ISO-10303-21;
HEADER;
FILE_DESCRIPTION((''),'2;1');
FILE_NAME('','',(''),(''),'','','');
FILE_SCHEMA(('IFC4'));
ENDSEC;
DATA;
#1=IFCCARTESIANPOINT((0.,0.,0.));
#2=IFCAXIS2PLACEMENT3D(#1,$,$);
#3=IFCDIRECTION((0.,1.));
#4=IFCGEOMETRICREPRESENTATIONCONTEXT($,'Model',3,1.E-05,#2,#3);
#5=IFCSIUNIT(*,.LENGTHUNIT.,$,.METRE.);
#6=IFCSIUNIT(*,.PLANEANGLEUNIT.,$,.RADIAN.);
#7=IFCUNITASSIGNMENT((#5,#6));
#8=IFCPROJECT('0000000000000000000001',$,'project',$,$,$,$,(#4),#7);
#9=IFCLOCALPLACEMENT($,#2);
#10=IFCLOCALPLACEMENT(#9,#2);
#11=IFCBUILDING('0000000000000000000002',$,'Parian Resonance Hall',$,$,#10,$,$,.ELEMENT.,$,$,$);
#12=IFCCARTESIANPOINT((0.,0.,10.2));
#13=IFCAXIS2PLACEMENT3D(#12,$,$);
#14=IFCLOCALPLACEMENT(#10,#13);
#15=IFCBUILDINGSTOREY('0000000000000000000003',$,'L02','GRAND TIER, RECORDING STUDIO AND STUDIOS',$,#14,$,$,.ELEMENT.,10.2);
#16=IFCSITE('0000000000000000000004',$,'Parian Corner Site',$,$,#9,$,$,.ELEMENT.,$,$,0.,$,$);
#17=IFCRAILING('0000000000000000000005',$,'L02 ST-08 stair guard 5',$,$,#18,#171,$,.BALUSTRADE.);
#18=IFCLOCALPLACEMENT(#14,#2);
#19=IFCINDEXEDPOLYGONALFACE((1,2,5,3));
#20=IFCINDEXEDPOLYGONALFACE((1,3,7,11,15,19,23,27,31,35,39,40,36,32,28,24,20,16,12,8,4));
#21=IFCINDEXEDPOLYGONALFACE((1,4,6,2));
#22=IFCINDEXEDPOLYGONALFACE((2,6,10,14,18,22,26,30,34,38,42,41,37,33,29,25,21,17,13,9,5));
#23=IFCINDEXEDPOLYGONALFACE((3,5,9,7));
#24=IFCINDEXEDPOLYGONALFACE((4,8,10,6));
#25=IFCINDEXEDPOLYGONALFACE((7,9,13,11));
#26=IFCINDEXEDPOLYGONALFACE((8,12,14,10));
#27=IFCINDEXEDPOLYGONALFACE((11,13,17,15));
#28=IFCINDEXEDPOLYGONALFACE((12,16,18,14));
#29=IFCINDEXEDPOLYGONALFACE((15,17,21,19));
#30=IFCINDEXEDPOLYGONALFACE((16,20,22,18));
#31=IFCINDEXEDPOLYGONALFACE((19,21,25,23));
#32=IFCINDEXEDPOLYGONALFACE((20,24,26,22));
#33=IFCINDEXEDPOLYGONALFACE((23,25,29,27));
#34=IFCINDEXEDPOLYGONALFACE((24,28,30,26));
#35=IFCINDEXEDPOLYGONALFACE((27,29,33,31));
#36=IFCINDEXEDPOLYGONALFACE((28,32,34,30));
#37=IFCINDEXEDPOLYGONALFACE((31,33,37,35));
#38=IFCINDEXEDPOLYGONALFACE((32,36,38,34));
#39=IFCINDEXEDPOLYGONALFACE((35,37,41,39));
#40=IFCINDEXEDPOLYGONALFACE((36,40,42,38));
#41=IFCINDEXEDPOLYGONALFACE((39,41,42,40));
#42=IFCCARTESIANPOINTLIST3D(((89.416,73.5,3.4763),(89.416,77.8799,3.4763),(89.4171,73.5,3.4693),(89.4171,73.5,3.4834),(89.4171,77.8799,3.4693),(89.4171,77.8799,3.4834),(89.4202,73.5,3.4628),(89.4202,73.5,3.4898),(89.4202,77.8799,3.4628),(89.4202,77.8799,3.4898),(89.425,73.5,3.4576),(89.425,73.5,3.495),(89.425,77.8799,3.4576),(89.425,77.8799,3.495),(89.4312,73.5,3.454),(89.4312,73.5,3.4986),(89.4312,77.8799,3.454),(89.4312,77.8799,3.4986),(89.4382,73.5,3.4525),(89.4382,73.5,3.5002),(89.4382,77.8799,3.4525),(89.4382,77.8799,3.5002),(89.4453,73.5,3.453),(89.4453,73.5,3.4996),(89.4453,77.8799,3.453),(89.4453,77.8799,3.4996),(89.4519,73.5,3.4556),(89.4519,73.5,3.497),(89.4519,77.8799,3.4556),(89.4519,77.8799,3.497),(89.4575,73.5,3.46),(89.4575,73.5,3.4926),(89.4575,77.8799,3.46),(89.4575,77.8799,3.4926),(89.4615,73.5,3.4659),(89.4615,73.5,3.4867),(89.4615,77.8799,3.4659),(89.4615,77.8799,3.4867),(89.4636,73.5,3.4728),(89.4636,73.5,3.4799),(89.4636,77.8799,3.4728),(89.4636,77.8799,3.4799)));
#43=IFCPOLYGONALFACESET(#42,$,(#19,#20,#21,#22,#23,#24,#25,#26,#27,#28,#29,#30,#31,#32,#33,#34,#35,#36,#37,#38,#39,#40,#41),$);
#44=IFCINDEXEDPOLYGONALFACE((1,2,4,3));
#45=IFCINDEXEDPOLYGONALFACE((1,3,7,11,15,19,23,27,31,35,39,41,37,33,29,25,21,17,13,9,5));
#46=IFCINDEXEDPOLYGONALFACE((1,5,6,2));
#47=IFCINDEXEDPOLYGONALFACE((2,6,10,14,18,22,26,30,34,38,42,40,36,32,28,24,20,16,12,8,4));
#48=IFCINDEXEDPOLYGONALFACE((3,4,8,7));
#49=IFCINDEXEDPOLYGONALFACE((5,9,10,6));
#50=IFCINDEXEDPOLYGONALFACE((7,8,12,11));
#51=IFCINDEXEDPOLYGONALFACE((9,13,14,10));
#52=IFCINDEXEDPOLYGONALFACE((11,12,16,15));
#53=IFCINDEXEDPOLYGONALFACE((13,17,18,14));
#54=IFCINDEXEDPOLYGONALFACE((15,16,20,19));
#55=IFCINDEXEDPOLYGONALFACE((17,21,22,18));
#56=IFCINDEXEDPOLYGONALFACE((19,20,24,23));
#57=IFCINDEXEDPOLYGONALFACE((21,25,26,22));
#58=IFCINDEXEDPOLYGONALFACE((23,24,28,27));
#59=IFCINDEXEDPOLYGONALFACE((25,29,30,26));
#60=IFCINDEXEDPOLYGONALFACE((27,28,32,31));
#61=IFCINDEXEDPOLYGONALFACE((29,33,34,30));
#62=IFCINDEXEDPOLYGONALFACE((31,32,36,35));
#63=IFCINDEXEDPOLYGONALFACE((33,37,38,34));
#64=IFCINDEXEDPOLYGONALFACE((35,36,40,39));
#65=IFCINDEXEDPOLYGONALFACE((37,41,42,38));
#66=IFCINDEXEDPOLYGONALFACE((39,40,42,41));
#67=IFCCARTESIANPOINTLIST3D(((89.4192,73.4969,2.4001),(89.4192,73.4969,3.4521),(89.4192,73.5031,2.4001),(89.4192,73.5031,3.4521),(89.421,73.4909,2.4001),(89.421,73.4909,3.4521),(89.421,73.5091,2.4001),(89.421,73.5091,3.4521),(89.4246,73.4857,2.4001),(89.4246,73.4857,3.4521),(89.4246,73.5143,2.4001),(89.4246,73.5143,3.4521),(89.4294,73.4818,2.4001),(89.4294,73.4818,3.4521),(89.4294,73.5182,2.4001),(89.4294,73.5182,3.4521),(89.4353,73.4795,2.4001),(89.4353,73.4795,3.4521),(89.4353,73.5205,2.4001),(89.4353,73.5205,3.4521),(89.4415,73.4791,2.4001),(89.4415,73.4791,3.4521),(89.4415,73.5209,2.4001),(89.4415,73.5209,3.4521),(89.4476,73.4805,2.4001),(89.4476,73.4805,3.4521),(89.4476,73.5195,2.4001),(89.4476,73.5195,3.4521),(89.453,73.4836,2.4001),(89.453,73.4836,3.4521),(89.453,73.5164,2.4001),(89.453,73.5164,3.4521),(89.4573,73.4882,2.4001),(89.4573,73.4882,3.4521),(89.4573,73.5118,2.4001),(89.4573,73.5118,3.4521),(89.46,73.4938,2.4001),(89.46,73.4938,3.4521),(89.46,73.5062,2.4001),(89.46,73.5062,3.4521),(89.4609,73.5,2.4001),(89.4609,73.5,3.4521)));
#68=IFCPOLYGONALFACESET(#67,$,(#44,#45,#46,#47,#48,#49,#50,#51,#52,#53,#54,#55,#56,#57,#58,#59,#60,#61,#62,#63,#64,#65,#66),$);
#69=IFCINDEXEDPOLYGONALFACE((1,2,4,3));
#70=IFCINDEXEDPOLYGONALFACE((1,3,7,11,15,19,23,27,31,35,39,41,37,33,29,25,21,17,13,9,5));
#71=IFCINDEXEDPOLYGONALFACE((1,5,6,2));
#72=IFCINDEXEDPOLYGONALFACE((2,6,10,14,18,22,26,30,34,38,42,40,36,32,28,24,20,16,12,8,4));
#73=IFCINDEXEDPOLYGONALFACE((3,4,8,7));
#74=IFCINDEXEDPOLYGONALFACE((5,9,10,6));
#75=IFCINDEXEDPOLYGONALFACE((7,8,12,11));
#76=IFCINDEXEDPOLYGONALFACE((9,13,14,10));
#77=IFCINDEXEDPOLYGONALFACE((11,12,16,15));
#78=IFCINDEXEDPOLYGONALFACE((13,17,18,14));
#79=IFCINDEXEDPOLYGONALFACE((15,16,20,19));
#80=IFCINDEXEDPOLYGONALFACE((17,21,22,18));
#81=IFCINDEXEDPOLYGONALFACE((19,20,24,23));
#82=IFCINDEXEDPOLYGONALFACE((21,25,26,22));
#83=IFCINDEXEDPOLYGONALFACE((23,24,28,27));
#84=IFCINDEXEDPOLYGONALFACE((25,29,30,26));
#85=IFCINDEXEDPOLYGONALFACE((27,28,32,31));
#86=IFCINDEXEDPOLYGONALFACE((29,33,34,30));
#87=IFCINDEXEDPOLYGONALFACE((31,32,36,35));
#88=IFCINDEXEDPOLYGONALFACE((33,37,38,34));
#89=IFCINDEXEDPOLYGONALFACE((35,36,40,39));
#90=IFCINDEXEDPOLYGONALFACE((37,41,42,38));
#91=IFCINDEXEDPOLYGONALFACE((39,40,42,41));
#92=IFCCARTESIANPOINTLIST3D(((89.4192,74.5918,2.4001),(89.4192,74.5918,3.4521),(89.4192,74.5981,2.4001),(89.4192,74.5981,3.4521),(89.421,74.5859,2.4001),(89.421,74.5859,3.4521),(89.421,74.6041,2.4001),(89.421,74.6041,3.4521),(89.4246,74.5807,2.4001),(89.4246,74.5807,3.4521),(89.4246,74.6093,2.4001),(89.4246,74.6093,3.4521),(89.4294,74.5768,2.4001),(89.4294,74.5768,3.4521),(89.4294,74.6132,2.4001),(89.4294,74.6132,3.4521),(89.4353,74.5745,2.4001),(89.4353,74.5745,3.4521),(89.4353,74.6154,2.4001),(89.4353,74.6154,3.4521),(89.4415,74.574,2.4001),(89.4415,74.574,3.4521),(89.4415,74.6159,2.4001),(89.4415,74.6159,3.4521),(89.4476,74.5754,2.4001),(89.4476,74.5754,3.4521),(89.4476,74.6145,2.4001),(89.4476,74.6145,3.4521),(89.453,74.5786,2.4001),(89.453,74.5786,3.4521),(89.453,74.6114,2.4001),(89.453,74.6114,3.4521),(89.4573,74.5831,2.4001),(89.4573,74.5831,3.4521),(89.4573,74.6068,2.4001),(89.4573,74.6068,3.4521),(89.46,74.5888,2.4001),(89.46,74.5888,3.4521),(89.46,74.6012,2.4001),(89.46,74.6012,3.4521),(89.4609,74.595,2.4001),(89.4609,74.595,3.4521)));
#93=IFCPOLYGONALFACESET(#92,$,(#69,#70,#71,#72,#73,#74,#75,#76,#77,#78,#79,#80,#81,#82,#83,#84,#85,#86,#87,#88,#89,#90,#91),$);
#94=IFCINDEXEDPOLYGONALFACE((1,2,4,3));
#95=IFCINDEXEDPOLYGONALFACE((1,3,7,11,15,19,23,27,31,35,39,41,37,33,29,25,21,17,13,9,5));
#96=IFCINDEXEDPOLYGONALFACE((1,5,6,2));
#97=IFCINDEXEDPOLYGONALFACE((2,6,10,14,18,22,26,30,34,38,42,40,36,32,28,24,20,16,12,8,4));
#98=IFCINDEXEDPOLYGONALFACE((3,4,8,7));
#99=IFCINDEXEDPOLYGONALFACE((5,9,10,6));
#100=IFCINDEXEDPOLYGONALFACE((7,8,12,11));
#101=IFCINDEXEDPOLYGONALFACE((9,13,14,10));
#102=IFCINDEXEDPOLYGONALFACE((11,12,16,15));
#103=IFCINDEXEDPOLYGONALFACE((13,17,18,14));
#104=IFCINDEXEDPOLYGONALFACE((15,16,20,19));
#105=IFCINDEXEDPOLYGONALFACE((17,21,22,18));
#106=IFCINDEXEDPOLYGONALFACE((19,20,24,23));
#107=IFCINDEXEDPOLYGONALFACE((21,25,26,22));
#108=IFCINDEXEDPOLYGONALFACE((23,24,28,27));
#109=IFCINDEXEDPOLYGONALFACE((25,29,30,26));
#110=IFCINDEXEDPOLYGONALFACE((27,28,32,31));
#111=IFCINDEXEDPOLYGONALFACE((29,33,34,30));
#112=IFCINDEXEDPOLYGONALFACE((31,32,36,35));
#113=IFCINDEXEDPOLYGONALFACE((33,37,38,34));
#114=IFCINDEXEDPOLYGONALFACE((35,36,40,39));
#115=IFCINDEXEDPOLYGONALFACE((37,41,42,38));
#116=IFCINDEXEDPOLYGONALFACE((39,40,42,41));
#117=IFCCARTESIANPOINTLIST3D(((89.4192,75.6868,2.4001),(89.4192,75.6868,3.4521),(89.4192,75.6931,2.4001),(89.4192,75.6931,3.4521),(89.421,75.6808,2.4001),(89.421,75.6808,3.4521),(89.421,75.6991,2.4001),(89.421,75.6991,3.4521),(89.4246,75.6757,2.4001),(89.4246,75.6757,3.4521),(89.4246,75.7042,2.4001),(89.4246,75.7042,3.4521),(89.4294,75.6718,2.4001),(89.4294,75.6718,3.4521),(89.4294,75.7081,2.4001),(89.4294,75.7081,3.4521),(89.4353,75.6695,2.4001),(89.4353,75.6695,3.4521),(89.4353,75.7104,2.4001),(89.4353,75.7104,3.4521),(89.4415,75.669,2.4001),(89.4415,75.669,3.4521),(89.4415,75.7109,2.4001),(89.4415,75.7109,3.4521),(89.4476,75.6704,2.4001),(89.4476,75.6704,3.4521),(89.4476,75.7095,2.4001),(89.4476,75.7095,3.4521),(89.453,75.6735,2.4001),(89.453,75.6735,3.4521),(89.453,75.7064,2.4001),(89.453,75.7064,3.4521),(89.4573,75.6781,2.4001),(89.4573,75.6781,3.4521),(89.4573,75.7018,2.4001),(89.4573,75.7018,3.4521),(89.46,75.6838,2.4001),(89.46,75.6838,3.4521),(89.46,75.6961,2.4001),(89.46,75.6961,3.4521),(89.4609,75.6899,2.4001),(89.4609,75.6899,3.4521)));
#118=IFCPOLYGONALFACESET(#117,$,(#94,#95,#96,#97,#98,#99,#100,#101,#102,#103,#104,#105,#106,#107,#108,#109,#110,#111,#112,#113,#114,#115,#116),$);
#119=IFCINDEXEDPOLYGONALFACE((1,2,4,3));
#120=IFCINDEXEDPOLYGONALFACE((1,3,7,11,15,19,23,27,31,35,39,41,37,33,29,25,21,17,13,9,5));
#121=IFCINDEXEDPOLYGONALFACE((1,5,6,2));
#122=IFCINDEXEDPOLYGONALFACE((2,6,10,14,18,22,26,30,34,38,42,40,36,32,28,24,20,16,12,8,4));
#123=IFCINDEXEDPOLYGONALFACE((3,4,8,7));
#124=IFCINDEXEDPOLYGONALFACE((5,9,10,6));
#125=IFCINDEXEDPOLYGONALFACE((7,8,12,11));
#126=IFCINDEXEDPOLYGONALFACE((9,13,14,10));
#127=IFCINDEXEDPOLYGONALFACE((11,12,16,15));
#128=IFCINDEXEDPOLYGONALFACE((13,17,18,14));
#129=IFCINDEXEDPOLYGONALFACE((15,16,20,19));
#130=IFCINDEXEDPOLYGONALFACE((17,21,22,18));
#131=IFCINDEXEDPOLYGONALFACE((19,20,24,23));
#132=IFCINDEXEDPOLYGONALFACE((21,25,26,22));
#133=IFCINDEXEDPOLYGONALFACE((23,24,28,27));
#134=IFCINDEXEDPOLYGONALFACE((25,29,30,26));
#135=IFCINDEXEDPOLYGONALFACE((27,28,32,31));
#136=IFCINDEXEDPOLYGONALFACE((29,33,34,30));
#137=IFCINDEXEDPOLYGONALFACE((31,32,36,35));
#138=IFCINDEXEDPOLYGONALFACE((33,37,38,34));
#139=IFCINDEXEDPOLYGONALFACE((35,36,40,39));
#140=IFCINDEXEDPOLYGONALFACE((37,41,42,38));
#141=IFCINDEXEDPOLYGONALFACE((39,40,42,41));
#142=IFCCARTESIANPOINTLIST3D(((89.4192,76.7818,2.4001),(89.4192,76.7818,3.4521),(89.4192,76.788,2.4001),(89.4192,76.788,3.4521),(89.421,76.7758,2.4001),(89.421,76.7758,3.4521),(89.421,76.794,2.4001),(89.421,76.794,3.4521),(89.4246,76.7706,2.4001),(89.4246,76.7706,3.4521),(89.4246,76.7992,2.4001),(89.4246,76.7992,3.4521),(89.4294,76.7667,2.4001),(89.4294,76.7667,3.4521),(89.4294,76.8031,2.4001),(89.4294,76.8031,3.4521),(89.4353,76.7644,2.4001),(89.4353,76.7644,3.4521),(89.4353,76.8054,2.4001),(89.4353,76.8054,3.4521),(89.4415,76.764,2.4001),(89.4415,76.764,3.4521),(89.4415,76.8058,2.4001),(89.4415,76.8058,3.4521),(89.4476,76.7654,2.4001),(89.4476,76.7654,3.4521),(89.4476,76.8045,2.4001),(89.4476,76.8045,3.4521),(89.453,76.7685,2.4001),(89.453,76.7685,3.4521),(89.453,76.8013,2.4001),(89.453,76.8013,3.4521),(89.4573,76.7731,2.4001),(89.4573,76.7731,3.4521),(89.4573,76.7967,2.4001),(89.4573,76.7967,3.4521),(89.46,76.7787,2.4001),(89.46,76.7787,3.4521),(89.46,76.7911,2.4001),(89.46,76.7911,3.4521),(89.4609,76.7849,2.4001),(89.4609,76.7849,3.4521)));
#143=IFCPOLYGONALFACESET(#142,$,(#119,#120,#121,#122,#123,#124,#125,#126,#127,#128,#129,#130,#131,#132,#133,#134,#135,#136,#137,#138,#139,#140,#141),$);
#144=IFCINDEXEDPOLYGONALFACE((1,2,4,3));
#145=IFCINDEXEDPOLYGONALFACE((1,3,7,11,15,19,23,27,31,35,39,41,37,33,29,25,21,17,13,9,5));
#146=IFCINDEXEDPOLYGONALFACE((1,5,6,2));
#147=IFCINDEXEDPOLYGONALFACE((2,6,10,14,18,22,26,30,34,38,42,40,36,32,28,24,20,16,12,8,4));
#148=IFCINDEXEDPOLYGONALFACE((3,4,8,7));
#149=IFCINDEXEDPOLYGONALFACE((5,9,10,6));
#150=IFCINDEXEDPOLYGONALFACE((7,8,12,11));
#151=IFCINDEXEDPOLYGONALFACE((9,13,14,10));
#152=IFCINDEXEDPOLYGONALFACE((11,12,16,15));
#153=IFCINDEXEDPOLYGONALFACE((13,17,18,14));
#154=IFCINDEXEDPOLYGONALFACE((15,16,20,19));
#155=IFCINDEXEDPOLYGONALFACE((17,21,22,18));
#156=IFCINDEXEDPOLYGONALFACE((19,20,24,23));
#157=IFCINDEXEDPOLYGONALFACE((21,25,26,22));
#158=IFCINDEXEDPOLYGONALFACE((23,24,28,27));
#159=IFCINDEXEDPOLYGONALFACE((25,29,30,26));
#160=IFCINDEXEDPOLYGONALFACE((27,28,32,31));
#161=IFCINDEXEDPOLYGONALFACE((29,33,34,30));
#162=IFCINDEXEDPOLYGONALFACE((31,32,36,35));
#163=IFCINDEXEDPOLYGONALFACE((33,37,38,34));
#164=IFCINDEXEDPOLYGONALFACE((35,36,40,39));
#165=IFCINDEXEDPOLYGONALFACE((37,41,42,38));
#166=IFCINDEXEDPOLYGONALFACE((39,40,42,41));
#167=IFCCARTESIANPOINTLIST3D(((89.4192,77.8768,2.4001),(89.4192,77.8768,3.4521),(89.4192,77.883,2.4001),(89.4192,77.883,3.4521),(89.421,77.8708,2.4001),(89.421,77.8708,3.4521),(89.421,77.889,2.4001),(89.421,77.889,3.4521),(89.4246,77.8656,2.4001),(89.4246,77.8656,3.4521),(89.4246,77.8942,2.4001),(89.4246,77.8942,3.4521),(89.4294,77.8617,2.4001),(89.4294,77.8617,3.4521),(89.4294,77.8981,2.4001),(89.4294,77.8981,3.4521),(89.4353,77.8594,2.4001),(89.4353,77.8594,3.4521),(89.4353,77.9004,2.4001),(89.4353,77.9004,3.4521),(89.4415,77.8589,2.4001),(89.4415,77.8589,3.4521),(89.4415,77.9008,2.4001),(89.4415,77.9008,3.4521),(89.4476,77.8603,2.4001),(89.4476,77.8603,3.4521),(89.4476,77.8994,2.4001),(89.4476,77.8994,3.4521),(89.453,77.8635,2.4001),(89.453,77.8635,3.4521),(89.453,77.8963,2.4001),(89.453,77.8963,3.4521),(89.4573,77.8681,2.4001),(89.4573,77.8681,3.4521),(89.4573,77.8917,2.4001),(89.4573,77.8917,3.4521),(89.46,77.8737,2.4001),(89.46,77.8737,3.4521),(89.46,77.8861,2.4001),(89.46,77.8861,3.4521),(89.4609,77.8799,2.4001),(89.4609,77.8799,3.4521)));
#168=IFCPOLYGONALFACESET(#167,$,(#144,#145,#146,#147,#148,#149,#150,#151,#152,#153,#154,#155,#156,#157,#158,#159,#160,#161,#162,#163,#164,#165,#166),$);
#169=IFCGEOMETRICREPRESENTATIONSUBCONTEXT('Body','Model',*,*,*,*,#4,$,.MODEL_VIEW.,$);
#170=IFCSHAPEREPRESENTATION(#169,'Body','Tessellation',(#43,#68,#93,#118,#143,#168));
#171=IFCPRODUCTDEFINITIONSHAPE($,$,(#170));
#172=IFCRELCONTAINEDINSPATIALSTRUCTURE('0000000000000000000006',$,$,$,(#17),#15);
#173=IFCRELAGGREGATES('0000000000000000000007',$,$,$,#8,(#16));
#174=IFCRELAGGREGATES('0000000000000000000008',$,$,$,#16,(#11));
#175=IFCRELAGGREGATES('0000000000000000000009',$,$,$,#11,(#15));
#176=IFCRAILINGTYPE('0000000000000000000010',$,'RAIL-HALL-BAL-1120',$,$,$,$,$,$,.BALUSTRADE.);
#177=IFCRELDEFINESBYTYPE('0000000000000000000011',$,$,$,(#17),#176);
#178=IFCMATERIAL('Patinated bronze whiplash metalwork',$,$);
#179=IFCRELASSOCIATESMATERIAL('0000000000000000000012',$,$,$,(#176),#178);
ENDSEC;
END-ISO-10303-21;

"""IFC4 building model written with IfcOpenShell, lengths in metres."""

from ifc_helpers import new_model, si_unit, direction, frame, origin, origin_2d, place, context, subcontext, project, spatial, circle, extrude, material, type_object, element, save


model = new_model("IFC4")

# Units and contexts
model_context = context("Model", 3, precision=1e-05, world=origin(), true_north=direction((0.0, 1.0)))
body_context = subcontext(model_context, "Body", "Model", "MODEL_VIEW")
ifc_project = project(units=[si_unit("LENGTHUNIT", "METRE"), si_unit("PLANEANGLEUNIT", "RADIAN")], contexts=[model_context])

# Site, building, storey
site_placement = place(None, origin())
site = spatial("IfcSite", under=ifc_project, at=site_placement, Name="Parian Corner Site", CompositionType="ELEMENT", RefElevation=0.0)
building_placement = place(site_placement, origin())
building = spatial("IfcBuilding", under=site, at=building_placement, Name="Parian Resonance Hall", CompositionType="ELEMENT")
storey_placement = place(building_placement, frame((0.0, 0.0, 10.2)))
storey = spatial("IfcBuildingStorey", under=building, at=storey_placement, Name="L02", Description="GRAND TIER, RECORDING STUDIO AND STUDIOS", CompositionType="ELEMENT", Elevation=10.2)

# Railing
ifc_material_1 = material(Name="Patinated bronze whiplash metalwork")
railing_type = type_object("IfcRailingType", Name="RAIL-HALL-BAL-1120", PredefinedType="BALUSTRADE", material=ifc_material_1)
railing_1_placement = place(storey_placement, frame((89.4399, 73.5, 2.4001)))
element("IfcRailing", 1, at=railing_1_placement, inside=storey, type_object=railing_type, Name="L02 ST-08 stair guard 5", PredefinedType="BALUSTRADE", context=body_context, shape_type="SweptSolid", body=[
    extrude(circle(Radius=0.0239, at=origin_2d()), frame((0.0, 0.0, 1.0762), z_axis=(0.0, 1.0, 0.0), x_axis=(-1.0, 0.0, 0.0)), (0.0, 0.0, 1.0), 4.3799),
    extrude(circle(Radius=0.021, at=origin_2d()), origin(), (0.0, 0.0, 1.0), 1.052),
    extrude(circle(Radius=0.021, at=origin_2d()), frame((0.0, 1.095, 0.0)), (0.0, 0.0, 1.0), 1.052),
    extrude(circle(Radius=0.021, at=origin_2d()), frame((0.0, 2.1899, 0.0)), (0.0, 0.0, 1.0), 1.052),
    extrude(circle(Radius=0.021, at=origin_2d()), frame((0.0, 3.2849, 0.0)), (0.0, 0.0, 1.0), 1.052),
    extrude(circle(Radius=0.021, at=origin_2d()), frame((0.0, 4.3799, 0.0)), (0.0, 0.0, 1.0), 1.052),
])

save(model, "model.ifc")
